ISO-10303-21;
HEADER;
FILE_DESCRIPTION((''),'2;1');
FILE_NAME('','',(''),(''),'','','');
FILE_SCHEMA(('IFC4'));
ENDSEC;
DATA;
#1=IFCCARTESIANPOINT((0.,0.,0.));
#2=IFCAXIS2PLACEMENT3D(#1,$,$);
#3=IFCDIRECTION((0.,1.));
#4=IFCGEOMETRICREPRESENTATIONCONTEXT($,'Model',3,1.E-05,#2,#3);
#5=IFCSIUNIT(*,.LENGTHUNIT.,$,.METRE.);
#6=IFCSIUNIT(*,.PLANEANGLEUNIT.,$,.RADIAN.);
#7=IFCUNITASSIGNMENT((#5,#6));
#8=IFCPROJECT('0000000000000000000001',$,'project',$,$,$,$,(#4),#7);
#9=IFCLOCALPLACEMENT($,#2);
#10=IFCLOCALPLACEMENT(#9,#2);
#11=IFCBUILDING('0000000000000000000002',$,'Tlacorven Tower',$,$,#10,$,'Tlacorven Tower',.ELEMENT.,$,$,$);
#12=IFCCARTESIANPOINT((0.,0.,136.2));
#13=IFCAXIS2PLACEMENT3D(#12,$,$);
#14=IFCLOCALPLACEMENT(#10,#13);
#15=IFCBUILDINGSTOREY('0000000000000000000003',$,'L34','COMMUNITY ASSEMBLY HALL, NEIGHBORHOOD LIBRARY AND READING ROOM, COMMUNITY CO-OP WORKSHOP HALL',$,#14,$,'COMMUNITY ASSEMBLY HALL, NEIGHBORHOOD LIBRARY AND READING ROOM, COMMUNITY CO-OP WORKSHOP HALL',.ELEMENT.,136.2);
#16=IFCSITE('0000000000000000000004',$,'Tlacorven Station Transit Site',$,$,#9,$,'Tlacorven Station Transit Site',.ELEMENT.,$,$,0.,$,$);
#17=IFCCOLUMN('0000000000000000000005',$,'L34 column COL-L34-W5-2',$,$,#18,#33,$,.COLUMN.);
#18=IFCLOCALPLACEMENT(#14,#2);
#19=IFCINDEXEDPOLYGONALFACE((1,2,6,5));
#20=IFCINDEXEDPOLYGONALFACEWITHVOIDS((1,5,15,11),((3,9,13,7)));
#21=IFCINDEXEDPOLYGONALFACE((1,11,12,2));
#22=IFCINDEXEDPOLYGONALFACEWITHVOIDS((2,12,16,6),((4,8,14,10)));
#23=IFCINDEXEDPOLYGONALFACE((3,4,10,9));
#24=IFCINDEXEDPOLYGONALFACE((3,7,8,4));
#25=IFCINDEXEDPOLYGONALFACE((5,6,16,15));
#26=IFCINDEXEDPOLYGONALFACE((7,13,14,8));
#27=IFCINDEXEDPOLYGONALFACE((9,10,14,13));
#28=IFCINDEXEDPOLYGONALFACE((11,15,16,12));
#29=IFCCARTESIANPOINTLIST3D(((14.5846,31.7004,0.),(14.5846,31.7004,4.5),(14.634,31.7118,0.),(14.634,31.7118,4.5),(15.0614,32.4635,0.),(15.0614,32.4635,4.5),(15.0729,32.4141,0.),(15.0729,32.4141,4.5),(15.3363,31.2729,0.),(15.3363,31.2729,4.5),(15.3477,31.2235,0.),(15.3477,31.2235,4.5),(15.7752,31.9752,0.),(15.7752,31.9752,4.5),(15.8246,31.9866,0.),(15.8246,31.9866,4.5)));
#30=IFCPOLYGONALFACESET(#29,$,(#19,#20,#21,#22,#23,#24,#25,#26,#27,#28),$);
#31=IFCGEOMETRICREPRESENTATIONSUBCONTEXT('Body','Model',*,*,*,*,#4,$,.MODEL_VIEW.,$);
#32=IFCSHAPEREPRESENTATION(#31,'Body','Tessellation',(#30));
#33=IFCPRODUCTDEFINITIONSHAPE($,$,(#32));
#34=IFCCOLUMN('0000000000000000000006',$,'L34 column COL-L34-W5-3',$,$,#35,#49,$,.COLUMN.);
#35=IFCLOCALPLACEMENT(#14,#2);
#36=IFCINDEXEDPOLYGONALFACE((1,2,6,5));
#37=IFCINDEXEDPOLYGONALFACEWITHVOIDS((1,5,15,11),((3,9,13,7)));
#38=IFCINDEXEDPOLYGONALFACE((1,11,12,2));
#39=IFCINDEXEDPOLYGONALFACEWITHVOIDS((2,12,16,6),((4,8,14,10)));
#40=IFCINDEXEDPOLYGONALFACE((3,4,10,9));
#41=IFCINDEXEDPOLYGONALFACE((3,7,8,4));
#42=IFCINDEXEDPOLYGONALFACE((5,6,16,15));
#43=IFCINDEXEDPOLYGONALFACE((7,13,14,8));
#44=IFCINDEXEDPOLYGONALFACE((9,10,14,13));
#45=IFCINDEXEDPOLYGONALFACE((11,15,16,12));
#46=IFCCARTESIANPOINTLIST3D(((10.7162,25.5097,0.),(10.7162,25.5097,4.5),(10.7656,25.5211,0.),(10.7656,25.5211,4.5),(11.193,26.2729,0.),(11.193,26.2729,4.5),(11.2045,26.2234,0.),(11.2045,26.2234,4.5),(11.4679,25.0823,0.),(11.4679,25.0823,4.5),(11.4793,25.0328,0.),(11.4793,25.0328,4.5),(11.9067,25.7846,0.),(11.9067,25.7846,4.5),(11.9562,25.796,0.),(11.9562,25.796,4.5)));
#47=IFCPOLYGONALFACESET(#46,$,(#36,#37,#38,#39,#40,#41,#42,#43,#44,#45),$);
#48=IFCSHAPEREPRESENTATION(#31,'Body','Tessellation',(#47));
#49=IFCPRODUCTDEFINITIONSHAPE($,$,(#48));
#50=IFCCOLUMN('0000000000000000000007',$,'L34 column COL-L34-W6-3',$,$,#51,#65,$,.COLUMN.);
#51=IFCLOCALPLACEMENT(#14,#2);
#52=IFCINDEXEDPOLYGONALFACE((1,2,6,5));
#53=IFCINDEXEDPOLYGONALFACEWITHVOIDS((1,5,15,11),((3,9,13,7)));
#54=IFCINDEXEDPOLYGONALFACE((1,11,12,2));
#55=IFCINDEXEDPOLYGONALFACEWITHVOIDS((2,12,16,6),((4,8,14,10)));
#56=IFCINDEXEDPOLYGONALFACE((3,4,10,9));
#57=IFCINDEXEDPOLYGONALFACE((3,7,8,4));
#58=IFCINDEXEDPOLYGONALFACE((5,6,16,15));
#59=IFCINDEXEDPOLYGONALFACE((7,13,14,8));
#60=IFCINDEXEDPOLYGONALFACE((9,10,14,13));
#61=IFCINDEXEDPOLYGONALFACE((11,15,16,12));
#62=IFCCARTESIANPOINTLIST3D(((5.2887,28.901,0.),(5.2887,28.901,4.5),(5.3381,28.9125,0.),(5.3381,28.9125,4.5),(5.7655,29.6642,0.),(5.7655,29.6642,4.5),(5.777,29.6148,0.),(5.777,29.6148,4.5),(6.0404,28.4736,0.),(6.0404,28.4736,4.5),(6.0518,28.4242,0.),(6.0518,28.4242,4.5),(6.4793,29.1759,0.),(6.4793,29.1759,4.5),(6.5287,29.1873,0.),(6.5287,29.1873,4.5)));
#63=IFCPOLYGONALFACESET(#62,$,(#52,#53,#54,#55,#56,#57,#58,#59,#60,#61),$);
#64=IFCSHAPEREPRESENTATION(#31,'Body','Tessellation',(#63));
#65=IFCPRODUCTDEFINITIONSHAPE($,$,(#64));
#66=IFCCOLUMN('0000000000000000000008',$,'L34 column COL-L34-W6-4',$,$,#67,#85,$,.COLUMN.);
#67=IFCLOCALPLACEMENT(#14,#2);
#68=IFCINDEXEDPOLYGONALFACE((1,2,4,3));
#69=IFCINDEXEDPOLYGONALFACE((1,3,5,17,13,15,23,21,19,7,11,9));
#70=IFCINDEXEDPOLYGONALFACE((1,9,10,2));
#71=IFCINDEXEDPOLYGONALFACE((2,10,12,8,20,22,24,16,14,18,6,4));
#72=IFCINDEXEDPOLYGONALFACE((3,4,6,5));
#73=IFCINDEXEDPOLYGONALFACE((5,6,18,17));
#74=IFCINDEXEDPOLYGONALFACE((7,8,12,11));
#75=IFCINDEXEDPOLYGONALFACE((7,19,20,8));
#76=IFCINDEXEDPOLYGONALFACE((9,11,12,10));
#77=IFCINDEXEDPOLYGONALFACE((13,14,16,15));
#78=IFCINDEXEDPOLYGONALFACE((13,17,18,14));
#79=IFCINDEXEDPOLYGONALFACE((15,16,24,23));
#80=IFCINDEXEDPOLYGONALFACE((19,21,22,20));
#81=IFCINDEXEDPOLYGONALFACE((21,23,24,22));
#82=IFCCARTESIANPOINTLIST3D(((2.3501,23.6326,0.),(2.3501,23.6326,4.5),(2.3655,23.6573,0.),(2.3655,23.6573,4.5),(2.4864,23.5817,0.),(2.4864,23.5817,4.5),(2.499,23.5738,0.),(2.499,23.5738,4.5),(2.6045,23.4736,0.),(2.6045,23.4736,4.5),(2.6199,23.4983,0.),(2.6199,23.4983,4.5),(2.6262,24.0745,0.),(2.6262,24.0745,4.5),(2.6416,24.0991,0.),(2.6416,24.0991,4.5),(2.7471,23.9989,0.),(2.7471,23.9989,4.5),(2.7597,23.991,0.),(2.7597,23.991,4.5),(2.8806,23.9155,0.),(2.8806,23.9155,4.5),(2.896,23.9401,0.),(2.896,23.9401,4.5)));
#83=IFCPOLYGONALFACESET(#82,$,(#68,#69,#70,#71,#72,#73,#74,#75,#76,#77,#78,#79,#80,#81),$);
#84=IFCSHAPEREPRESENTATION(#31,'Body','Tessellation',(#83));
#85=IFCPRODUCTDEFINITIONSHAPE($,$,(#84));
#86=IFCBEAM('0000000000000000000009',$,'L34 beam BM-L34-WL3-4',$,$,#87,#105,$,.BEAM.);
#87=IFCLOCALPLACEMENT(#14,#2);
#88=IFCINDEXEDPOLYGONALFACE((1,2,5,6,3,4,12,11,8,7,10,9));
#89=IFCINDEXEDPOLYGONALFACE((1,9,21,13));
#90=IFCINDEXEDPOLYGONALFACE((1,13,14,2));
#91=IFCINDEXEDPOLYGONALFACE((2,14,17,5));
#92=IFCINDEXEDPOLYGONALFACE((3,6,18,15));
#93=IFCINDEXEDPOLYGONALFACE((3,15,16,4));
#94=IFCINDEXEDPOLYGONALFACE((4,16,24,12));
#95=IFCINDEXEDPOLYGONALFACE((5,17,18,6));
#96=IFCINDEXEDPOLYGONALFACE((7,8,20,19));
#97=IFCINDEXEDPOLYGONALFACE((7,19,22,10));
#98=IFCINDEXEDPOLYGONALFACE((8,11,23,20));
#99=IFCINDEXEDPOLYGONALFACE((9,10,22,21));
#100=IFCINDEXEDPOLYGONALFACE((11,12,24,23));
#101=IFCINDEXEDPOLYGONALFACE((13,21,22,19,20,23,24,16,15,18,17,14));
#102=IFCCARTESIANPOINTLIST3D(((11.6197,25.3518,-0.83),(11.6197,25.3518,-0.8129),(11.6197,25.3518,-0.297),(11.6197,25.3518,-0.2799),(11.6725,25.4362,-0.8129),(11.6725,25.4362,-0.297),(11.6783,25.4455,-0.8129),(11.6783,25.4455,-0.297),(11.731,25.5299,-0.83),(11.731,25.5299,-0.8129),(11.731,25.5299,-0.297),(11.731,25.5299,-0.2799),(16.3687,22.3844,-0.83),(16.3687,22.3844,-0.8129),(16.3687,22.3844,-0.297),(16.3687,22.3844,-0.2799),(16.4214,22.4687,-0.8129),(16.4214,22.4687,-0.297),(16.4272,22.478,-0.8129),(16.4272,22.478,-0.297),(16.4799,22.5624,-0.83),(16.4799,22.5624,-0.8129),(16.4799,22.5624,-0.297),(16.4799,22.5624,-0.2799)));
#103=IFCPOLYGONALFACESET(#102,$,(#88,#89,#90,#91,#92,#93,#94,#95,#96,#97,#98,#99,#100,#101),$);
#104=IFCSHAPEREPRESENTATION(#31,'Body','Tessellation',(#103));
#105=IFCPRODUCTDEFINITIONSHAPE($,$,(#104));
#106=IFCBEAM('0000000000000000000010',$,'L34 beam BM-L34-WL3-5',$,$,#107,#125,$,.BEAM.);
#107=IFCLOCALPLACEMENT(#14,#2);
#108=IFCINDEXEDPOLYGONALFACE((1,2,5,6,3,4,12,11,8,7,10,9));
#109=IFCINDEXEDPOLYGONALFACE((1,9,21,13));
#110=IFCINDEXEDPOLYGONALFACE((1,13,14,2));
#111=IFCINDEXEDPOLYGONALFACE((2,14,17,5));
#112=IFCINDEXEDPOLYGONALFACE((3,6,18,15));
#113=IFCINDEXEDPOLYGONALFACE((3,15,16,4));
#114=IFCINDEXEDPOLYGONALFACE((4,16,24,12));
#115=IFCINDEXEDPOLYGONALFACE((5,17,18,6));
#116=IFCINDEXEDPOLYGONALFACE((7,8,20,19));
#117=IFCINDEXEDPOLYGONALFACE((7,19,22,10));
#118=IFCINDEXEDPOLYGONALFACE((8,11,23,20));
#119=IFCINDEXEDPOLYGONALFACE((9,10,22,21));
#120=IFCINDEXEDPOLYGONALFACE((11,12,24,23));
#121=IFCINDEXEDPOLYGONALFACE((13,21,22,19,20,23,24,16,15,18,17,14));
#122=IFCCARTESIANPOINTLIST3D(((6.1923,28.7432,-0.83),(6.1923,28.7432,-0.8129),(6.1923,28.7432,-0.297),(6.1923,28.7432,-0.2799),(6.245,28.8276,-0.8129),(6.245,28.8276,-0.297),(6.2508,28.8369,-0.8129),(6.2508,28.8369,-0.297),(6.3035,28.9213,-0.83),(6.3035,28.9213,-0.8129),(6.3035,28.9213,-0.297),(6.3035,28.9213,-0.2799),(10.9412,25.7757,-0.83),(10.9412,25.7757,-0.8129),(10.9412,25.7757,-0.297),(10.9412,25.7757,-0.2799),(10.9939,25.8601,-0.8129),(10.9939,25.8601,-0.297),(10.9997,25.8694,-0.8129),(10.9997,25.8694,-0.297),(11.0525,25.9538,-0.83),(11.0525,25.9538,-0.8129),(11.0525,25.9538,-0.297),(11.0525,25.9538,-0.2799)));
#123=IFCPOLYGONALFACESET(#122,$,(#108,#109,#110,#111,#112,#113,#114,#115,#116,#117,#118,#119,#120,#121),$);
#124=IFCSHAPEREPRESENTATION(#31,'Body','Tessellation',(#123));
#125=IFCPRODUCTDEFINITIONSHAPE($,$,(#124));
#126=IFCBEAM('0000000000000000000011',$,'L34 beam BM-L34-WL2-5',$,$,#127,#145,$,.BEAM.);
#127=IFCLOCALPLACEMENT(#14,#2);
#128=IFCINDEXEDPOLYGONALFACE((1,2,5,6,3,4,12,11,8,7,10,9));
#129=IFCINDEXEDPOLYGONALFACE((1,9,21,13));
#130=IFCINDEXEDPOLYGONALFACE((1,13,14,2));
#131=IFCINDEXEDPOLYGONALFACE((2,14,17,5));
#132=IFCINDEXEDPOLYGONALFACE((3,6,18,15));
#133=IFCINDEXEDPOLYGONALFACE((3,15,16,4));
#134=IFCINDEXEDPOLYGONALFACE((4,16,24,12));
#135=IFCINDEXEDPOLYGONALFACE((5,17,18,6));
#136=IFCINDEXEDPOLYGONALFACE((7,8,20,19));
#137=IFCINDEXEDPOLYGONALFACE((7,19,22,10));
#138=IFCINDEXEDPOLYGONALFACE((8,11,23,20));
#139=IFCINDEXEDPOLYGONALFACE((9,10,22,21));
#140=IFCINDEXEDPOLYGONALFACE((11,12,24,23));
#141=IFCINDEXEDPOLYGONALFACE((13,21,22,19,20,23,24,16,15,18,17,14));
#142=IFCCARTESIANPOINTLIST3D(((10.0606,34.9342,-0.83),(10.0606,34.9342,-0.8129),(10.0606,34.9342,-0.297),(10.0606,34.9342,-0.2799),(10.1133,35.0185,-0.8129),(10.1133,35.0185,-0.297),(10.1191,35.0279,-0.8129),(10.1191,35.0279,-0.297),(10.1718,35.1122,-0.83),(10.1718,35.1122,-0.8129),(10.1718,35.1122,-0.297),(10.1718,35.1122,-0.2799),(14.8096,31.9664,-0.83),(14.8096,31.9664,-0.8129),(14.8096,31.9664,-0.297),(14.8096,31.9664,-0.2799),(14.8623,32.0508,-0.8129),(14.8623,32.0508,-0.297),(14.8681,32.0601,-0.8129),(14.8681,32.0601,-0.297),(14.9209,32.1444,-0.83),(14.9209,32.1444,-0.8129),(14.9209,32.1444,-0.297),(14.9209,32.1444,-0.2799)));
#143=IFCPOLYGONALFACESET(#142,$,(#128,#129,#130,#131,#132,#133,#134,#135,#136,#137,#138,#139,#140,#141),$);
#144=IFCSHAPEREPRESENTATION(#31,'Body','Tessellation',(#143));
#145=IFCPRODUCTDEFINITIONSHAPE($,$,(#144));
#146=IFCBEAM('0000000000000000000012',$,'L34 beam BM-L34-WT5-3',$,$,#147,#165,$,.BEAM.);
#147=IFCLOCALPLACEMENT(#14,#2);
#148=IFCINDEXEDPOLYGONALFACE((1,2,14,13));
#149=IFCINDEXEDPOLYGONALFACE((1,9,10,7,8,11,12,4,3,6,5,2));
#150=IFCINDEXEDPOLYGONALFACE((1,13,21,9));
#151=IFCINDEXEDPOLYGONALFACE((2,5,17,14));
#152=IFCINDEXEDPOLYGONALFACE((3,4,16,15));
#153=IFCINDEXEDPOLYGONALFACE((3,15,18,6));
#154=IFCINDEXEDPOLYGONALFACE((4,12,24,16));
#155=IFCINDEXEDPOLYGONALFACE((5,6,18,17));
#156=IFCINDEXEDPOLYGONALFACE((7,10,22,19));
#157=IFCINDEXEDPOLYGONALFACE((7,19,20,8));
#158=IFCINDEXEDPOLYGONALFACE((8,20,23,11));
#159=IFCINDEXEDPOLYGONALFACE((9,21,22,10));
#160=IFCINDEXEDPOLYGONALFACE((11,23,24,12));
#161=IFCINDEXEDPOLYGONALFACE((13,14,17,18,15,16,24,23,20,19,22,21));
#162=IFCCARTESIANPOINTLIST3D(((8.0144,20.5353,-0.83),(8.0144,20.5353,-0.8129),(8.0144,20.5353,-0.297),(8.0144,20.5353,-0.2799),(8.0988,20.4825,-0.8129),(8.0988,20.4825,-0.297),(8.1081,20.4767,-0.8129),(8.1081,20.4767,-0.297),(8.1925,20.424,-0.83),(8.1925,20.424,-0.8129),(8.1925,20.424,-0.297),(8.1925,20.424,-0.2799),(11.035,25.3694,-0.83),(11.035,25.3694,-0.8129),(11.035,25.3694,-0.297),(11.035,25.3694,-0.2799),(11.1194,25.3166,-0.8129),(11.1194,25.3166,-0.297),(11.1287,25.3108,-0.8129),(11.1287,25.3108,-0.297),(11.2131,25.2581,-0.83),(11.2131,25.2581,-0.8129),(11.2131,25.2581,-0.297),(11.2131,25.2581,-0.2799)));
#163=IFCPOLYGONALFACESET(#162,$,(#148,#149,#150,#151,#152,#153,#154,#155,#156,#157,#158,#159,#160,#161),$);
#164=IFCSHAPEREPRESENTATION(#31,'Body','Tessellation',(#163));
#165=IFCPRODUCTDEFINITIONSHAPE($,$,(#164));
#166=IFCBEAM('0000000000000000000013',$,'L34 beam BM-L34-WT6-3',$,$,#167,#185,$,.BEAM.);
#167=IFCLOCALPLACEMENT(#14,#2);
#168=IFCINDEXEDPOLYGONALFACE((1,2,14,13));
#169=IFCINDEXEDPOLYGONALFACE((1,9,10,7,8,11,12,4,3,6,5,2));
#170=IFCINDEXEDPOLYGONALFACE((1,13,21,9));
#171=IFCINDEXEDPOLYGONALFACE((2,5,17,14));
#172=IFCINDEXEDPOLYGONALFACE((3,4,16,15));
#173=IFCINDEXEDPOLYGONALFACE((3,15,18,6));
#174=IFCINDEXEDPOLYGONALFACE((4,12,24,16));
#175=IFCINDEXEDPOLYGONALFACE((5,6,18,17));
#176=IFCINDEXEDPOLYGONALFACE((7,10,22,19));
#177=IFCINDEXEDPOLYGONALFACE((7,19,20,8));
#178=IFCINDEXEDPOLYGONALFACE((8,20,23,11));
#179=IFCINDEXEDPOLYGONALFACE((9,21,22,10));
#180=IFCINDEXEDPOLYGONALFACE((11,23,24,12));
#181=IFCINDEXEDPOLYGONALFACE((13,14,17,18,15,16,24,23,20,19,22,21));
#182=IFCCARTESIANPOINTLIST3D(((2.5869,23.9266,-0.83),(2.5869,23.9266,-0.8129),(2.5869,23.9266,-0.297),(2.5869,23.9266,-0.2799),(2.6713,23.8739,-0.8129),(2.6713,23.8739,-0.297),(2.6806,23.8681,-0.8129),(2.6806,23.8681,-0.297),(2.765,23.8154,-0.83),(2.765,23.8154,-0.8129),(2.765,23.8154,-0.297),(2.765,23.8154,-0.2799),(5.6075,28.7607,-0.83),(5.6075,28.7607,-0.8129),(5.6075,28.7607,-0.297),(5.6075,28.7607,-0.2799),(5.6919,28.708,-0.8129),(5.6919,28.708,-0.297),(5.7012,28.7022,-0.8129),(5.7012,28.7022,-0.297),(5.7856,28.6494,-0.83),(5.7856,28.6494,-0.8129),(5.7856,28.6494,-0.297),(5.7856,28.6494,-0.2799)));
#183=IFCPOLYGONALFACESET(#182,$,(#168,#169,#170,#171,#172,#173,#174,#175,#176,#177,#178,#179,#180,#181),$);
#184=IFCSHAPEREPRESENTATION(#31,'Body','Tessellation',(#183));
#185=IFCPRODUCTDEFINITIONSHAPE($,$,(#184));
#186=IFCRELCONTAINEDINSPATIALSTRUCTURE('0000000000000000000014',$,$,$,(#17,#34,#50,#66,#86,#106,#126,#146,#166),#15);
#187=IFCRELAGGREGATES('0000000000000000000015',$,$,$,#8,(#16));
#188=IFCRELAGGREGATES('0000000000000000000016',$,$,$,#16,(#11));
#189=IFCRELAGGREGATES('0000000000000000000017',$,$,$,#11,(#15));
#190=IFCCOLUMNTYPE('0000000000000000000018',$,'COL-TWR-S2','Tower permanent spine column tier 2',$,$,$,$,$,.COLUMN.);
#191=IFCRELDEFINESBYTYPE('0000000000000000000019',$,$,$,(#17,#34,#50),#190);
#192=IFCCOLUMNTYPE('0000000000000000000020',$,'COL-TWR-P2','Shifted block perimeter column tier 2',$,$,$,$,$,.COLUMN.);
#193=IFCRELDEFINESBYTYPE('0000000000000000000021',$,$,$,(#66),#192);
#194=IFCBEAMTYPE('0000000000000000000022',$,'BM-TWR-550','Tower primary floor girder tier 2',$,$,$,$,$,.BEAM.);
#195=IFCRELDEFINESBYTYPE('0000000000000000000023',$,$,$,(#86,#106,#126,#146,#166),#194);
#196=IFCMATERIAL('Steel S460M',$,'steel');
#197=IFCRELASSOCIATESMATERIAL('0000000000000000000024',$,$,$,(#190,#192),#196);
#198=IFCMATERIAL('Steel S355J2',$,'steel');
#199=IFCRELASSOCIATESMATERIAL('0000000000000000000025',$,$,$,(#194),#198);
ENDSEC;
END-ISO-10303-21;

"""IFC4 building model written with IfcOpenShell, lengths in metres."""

from ifc_helpers import new_model, si_unit, direction, frame, origin, origin_2d, place, context, subcontext, project, spatial, hollow_rectangle, i_section, extrude, source, transform, mapped, material, material_profile, profile_set, type_object, element, save


model = new_model("IFC4")

# Units and contexts
model_context = context("Model", 3, precision=1e-05, world=origin(), true_north=direction((0.0, 1.0)))
body_context = subcontext(model_context, "Body", "Model", "MODEL_VIEW")
ifc_project = project(units=[si_unit("LENGTHUNIT", "METRE"), si_unit("PLANEANGLEUNIT", "RADIAN")], contexts=[model_context])

# Site, building, storey
site_placement = place(None, origin())
site = spatial("IfcSite", under=ifc_project, at=site_placement, Name="Tlacorven Station Transit Site", LongName="Tlacorven Station Transit Site", CompositionType="ELEMENT", RefElevation=0.0)
building_placement = place(site_placement, origin())
building = spatial("IfcBuilding", under=site, at=building_placement, Name="Tlacorven Tower", LongName="Tlacorven Tower", CompositionType="ELEMENT")
storey_placement = place(building_placement, frame((0.0, 0.0, 136.2)))
storey = spatial("IfcBuildingStorey", under=building, at=storey_placement, Name="L34", Description="COMMUNITY ASSEMBLY HALL, NEIGHBORHOOD LIBRARY AND READING ROOM, COMMUNITY CO-OP WORKSHOP HALL", LongName="COMMUNITY ASSEMBLY HALL, NEIGHBORHOOD LIBRARY AND READING ROOM, COMMUNITY CO-OP WORKSHOP HALL", CompositionType="ELEMENT", Elevation=136.2)

# Columns
ifc_material_1 = material(Name="Steel S460M", Category="steel")
ifc_material_profile_1 = material_profile(ifc_material_1, hollow_rectangle(XDim=0.8999, YDim=0.8999, WallThickness=0.0359, at=origin_2d()), Name="BOX 900X900X36")
ifc_profile_set_1 = profile_set([ifc_material_profile_1], Name="Steel S460M")
column_type_1 = type_object("IfcColumnType", Name="COL-TWR-S2", Description="Tower permanent spine column tier 2", PredefinedType="COLUMN", material=ifc_profile_set_1)
shared_shape_1 = source(origin(), body_context, "Body", "SweptSolid", [
    extrude(hollow_rectangle(XDim=0.8999, YDim=0.8999, WallThickness=0.0359, at=origin_2d()), origin(), (0.0, 0.0, 1.0), 4.5),
])
for number, where, z_axis, x_axis, name in (
    (1, (15.2046, 31.8435, 0.0), (0.0, 0.0, 1.0), (-0.848048, 0.529919, 0.0), "L34 column COL-L34-W5-2"),
    (2, (11.3362, 25.6528, 0.0), (0.0, 0.0, 1.0), (-0.848048, 0.529919, 0.0), "L34 column COL-L34-W5-3"),
    (3, (5.9087, 29.0442, 0.0), (0.0, 0.0, 1.0), (-0.848048, 0.529919, 0.0), "L34 column COL-L34-W6-3"),
):
    element("IfcColumn", number, at=place(storey_placement, frame(where, z_axis=z_axis, x_axis=x_axis)), inside=storey, type_object=column_type_1, Name=name, PredefinedType="COLUMN", context=body_context, shape_type="MappedRepresentation", body=[
        mapped(shared_shape_1, transform((0.0, 0.0, 0.0), scale=1.0)),
    ])
ifc_material_profile_2 = material_profile(ifc_material_1, i_section(OverallWidth=0.3, OverallDepth=0.55, WebThickness=0.0149, FlangeThickness=0.0291, at=origin_2d()), Name="HEB 550")
ifc_profile_set_2 = profile_set([ifc_material_profile_2], Name="Steel S460M")
column_type_2 = type_object("IfcColumnType", Name="COL-TWR-P2", Description="Shifted block perimeter column tier 2", PredefinedType="COLUMN", material=ifc_profile_set_2)
shared_shape_2 = source(origin(), body_context, "Body", "SweptSolid", [
    extrude(i_section(OverallWidth=0.3, OverallDepth=0.55, WebThickness=0.0149, FlangeThickness=0.0291, at=origin_2d()), origin(), (0.0, 0.0, 1.0), 4.5),
])
column_placement = place(storey_placement, frame((2.623, 23.7864, 0.0), z_axis=(0.0, 0.0, 1.0), x_axis=(-0.848048, 0.529919, 0.0)))
element("IfcColumn", 4, at=column_placement, inside=storey, type_object=column_type_2, Name="L34 column COL-L34-W6-4", PredefinedType="COLUMN", context=body_context, shape_type="MappedRepresentation", body=[
    mapped(shared_shape_2, transform((0.0, 0.0, 0.0), scale=1.0)),
])

# Beams
ifc_material_2 = material(Name="Steel S355J2", Category="steel")
ifc_material_profile_3 = material_profile(ifc_material_2, i_section(OverallWidth=0.21, OverallDepth=0.55, WebThickness=0.011, FlangeThickness=0.0171, at=origin_2d()), Name="IPE 550")
ifc_profile_set_3 = profile_set([ifc_material_profile_3], Name="Steel S355J2")
beam_type_1 = type_object("IfcBeamType", Name="BM-TWR-550", Description="Tower primary floor girder tier 2", PredefinedType="BEAM", material=ifc_profile_set_3)
shared_shape_3 = source(origin(), body_context, "Body", "SweptSolid", [
    extrude(i_section(OverallWidth=0.21, OverallDepth=0.55, WebThickness=0.011, FlangeThickness=0.0171, at=origin_2d()), origin(), (0.0, 0.0, 1.0), 5.5999),
])
for number, where, z_axis, x_axis, name in (
    (5, (16.4243, 22.4734, -0.5549), (-0.848047, 0.529921, 0.0), (-0.529921, -0.848047, 0.0), "L34 beam BM-L34-WL3-4"),
    (6, (10.9968, 25.8647, -0.5549), (-0.848047, 0.529921, 0.0), (-0.529921, -0.848047, 0.0), "L34 beam BM-L34-WL3-5"),
):
    element("IfcBeam", number, at=place(storey_placement, frame(where, z_axis=z_axis, x_axis=x_axis)), inside=storey, type_object=beam_type_1, Name=name, PredefinedType="BEAM", context=body_context, shape_type="MappedRepresentation", body=[
        mapped(shared_shape_3, transform((0.0, 0.0, 0.0), scale=1.0)),
    ])
shared_shape_4 = source(origin(), body_context, "Body", "SweptSolid", [
    extrude(i_section(OverallWidth=0.21, OverallDepth=0.55, WebThickness=0.011, FlangeThickness=0.0171, at=origin_2d()), origin(), (0.0, 0.0, 1.0), 5.6001),
])
beam_1_placement = place(storey_placement, frame((14.8652, 32.0554, -0.5549), z_axis=(-0.848028, 0.529952, 0.0), x_axis=(-0.529952, -0.848028, 0.0)))
element("IfcBeam", 7, at=beam_1_placement, inside=storey, type_object=beam_type_1, Name="L34 beam BM-L34-WL2-5", PredefinedType="BEAM", context=body_context, shape_type="MappedRepresentation", body=[
    mapped(shared_shape_4, transform((0.0, 0.0, 0.0), scale=1.0)),
])
shared_shape_5 = source(origin(), body_context, "Body", "SweptSolid", [
    extrude(i_section(OverallWidth=0.21, OverallDepth=0.55, WebThickness=0.011, FlangeThickness=0.0171, at=origin_2d()), origin(), (0.0, 0.0, 1.0), 5.7002),
])
for number, where, z_axis, x_axis, name in (
    (8, (11.124, 25.3137, -0.5549), (-0.529907, -0.848056, 0.0), (0.848056, -0.529907, 0.0), "L34 beam BM-L34-WT5-3"),
    (9, (5.6965, 28.7051, -0.5549), (-0.529907, -0.848056, 0.0), (0.848056, -0.529907, 0.0), "L34 beam BM-L34-WT6-3"),
):
    element("IfcBeam", number, at=place(storey_placement, frame(where, z_axis=z_axis, x_axis=x_axis)), inside=storey, type_object=beam_type_1, Name=name, PredefinedType="BEAM", context=body_context, shape_type="MappedRepresentation", body=[
        mapped(shared_shape_5, transform((0.0, 0.0, 0.0), scale=1.0)),
    ])

save(model, "model.ifc")
